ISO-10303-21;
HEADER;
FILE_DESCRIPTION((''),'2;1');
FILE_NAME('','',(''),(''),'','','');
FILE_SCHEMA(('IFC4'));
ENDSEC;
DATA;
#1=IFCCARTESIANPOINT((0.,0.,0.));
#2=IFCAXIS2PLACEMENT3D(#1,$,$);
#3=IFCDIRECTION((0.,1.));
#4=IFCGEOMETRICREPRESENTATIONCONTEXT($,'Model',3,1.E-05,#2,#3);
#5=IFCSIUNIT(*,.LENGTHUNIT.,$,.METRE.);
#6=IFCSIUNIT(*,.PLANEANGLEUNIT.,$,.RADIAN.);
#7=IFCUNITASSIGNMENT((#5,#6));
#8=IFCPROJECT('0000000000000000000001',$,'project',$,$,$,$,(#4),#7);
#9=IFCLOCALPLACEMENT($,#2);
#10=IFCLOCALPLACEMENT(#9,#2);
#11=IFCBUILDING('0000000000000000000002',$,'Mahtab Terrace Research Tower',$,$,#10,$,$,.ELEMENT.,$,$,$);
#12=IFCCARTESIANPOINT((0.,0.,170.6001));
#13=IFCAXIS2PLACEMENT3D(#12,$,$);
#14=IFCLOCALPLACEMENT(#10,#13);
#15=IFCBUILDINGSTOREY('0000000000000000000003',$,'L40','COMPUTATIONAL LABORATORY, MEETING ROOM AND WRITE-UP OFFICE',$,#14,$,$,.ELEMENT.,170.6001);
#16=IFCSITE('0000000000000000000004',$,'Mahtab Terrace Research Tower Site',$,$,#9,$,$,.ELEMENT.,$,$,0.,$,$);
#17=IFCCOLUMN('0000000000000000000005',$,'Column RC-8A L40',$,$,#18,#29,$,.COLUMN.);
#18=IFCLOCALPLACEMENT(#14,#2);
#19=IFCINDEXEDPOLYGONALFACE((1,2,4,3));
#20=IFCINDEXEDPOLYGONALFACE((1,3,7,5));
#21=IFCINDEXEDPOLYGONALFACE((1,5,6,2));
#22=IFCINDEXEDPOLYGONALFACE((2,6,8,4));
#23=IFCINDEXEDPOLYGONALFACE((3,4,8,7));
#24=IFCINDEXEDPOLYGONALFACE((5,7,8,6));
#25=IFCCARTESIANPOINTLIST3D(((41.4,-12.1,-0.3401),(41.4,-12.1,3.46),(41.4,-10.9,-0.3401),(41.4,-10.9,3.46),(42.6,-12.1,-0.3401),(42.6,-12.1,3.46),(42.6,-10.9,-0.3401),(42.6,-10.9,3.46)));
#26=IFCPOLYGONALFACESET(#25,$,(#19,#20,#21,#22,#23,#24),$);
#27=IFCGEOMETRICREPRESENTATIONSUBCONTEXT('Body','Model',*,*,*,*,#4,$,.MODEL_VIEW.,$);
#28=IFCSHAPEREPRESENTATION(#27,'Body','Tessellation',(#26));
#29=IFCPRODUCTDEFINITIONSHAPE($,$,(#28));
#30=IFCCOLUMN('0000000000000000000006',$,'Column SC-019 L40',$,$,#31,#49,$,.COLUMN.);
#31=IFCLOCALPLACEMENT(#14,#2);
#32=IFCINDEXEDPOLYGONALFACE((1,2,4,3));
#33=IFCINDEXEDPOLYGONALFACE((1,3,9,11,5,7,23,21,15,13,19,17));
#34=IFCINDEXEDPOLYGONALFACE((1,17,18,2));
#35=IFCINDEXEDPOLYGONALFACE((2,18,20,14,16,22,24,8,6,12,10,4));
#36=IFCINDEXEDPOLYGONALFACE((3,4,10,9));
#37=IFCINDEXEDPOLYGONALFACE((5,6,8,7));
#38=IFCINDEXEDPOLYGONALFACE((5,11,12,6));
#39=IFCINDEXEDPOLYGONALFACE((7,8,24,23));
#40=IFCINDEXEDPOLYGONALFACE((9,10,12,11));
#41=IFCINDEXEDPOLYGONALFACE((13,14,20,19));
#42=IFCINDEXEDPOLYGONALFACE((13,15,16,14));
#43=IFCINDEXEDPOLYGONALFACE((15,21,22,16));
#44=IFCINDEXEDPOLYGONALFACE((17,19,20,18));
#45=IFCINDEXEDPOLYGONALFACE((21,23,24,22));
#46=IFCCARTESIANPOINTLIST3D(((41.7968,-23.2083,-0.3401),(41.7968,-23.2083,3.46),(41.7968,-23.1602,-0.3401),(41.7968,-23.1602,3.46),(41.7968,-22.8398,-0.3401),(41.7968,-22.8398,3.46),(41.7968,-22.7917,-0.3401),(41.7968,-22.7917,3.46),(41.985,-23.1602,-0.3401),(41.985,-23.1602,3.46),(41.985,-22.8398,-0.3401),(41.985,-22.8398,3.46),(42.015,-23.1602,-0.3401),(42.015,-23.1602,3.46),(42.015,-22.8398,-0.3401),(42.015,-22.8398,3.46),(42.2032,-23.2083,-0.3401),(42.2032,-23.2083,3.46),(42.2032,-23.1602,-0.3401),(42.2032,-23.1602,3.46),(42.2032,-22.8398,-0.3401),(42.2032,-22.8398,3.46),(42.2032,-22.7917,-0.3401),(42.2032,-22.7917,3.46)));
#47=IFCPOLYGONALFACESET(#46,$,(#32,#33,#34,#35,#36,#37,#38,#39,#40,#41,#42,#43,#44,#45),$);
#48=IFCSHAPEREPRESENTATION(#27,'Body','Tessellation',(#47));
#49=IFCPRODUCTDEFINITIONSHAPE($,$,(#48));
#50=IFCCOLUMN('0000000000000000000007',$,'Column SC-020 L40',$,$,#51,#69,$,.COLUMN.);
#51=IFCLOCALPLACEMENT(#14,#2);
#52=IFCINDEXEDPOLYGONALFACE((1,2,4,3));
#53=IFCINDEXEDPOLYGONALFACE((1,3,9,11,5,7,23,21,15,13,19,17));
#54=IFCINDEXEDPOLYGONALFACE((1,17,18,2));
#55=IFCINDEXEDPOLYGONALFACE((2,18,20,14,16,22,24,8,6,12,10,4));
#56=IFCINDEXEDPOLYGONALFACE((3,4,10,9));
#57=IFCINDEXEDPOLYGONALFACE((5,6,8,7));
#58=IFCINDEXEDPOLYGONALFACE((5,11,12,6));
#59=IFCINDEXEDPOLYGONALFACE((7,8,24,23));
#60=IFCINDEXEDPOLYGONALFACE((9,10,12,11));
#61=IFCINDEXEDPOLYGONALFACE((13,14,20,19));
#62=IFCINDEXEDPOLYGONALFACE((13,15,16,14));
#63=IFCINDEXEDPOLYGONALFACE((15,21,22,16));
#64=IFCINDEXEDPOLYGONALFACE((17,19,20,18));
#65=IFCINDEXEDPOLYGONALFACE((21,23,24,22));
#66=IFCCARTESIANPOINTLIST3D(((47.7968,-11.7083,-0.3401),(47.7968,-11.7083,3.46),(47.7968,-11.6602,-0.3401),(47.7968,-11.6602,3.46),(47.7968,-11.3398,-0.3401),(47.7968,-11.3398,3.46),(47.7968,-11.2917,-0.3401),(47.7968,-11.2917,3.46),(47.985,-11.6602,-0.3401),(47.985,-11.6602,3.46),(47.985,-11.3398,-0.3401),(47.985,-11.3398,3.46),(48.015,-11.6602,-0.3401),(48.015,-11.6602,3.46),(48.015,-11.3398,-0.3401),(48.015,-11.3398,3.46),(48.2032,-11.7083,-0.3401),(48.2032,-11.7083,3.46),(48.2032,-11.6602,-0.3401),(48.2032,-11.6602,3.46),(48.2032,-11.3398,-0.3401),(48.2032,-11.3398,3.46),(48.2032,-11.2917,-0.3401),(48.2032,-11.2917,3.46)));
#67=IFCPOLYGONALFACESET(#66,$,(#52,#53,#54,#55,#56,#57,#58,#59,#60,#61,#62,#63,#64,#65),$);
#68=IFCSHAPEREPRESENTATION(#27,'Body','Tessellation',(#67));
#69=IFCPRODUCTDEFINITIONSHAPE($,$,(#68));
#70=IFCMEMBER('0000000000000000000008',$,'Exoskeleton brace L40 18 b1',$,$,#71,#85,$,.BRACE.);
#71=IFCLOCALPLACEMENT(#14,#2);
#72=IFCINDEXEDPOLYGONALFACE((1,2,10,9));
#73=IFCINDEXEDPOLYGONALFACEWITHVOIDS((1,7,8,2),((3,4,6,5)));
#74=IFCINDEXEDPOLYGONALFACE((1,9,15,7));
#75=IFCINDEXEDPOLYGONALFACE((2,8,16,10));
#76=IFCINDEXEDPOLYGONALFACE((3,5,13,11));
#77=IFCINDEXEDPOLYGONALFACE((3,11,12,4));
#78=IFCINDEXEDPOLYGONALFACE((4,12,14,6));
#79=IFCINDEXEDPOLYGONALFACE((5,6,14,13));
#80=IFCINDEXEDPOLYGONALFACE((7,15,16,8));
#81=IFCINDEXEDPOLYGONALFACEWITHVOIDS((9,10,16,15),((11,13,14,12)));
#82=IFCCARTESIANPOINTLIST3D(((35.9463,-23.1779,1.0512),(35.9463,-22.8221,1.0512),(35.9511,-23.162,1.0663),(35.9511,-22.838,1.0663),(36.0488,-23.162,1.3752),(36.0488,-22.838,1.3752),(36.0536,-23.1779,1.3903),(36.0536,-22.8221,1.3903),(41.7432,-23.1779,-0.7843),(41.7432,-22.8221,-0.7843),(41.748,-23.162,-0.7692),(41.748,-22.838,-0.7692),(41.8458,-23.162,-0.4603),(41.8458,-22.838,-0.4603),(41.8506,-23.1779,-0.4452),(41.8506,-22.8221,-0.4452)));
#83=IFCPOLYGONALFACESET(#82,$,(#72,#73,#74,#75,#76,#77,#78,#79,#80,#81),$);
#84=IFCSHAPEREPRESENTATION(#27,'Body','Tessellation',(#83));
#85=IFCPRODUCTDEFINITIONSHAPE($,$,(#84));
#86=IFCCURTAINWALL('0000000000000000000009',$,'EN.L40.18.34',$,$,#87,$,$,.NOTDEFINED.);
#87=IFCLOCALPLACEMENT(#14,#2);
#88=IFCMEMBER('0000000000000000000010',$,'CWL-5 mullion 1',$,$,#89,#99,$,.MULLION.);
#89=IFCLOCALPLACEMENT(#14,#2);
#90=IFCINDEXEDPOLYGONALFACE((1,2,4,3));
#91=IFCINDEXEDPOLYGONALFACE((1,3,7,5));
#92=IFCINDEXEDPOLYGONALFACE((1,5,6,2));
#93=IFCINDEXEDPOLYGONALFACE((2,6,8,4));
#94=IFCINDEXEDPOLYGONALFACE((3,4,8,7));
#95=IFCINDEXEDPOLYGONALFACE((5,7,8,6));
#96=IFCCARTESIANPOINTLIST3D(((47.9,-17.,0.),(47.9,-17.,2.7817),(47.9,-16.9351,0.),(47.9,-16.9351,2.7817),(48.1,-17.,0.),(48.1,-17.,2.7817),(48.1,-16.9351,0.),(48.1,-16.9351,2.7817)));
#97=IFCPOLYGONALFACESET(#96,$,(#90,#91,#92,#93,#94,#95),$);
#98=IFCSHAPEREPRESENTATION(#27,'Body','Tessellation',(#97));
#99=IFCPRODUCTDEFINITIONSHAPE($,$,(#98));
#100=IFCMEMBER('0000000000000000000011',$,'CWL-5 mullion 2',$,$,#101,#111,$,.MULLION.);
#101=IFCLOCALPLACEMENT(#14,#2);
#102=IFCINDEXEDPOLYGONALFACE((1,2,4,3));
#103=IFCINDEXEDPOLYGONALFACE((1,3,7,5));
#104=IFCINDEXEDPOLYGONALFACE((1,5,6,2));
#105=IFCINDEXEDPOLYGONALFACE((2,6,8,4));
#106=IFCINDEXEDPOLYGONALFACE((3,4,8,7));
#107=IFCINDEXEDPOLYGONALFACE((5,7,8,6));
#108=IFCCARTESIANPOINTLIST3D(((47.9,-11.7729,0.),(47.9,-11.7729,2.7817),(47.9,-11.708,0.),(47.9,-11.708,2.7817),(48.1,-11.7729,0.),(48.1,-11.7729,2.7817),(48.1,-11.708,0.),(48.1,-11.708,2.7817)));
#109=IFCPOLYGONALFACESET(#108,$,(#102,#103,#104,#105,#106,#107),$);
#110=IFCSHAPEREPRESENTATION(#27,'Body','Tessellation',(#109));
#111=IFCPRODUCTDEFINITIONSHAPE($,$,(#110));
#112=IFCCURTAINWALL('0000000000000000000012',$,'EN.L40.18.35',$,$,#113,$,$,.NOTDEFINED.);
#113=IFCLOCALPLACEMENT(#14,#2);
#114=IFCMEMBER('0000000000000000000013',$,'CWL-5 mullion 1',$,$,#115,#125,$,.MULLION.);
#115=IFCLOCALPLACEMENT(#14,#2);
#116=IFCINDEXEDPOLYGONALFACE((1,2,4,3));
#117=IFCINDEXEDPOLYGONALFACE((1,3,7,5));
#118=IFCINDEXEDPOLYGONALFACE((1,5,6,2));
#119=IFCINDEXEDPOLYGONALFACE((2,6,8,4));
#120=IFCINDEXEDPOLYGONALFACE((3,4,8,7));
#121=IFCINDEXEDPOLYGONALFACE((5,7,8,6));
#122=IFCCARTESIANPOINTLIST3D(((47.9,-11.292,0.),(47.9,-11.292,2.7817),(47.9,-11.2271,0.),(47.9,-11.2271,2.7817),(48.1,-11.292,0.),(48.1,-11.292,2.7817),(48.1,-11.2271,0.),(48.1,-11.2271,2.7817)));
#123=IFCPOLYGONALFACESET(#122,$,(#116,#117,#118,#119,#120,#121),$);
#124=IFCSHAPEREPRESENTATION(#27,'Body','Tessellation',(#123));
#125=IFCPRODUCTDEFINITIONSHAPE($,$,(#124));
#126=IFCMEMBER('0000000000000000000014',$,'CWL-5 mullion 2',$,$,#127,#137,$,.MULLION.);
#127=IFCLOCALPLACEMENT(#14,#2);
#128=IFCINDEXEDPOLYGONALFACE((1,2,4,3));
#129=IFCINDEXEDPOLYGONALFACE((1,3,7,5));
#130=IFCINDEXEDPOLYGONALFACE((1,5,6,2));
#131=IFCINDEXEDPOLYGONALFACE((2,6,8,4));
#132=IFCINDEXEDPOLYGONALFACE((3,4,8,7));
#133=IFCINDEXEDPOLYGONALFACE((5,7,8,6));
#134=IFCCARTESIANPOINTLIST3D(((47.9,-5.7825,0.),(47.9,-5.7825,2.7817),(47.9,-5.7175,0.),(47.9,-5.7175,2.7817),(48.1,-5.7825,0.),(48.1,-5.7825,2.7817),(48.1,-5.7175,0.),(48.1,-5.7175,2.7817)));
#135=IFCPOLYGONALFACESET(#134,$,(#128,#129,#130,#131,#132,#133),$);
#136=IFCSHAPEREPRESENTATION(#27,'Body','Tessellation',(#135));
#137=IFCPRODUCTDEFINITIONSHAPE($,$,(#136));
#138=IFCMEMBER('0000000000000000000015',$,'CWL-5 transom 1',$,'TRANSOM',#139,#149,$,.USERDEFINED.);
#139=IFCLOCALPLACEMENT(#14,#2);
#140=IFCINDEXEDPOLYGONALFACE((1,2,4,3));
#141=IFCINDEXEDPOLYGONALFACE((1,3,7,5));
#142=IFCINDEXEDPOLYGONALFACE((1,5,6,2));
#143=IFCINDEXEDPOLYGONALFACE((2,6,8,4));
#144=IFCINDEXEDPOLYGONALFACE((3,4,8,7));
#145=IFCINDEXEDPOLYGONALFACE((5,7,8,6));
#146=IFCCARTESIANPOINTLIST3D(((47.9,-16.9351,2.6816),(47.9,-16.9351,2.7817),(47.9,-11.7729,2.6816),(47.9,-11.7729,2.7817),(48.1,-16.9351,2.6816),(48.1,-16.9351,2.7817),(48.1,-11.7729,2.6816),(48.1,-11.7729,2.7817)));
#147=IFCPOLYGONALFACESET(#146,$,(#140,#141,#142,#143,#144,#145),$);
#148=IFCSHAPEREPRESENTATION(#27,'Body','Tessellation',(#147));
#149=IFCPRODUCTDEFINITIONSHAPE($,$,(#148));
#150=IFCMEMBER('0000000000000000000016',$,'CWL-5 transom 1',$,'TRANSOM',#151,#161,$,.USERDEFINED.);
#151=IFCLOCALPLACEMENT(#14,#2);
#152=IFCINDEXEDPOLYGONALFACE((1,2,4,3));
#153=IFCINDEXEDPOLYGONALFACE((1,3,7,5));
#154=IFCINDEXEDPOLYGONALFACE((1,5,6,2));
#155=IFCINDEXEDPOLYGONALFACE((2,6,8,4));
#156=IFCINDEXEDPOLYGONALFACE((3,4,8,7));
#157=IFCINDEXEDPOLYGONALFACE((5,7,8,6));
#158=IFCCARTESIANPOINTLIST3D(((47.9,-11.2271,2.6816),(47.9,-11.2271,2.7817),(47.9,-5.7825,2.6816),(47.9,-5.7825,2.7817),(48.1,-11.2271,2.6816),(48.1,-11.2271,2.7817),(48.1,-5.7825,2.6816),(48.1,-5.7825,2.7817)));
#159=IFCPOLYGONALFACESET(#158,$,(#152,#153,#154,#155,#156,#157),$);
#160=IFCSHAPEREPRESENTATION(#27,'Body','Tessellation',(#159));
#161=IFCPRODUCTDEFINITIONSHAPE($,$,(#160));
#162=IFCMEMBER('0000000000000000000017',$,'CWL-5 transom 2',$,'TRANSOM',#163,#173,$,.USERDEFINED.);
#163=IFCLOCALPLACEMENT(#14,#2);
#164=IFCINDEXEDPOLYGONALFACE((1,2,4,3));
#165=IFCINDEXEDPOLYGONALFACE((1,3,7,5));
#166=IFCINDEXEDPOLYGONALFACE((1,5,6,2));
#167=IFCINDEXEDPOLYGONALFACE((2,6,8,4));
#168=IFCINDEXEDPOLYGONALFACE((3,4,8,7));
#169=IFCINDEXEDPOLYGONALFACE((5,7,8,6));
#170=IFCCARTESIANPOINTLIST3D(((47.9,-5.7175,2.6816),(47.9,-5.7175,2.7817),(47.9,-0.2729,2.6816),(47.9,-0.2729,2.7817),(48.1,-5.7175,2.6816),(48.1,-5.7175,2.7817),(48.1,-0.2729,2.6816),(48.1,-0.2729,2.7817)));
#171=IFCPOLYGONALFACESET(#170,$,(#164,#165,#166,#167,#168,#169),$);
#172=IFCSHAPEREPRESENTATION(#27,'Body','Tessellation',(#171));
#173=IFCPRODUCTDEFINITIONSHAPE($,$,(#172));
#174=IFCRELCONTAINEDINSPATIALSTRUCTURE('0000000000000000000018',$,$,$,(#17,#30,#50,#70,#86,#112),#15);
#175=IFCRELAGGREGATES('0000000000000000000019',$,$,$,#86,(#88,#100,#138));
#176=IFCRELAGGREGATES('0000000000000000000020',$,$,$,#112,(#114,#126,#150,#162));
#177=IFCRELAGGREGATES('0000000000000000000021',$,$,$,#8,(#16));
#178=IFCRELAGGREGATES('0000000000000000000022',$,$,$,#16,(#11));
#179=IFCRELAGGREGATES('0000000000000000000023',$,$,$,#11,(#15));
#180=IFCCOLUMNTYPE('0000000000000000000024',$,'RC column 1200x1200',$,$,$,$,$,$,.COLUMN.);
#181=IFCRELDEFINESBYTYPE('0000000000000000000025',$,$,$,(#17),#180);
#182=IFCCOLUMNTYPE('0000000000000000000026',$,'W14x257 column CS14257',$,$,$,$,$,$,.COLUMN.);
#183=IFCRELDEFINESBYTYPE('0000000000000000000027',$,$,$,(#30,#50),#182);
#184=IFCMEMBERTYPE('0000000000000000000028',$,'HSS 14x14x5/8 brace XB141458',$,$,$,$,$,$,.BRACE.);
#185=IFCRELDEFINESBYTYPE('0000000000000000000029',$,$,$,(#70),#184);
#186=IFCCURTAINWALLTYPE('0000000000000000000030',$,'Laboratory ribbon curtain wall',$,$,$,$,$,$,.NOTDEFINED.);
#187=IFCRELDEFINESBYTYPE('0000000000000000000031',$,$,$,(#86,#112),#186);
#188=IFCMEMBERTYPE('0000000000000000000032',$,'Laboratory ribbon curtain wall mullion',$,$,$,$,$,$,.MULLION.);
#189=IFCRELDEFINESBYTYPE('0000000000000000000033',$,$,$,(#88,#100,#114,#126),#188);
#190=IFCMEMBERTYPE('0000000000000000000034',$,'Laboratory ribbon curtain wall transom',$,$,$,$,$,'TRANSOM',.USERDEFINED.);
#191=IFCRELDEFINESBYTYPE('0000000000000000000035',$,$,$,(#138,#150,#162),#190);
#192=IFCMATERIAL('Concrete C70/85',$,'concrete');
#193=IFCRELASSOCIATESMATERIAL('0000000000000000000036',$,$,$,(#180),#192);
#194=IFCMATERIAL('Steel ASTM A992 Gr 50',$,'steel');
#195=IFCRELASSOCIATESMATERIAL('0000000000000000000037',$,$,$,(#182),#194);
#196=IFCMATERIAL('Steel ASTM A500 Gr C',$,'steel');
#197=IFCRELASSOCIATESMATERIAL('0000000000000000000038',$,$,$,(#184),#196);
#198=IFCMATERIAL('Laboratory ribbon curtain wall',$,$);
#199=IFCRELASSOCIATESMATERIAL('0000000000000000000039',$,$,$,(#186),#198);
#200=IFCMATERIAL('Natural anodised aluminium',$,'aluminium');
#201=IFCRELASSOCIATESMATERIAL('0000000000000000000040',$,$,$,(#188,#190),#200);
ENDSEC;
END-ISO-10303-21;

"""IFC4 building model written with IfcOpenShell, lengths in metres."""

from ifc_helpers import new_model, si_unit, direction, frame, origin, origin_2d, place, context, subcontext, project, spatial, rectangle, hollow_rectangle, i_section, extrude, material, material_profile, profile_set, type_object, element, aggregate, save


model = new_model("IFC4")

# Units and contexts
model_context = context("Model", 3, precision=1e-05, world=origin(), true_north=direction((0.0, 1.0)))
body_context = subcontext(model_context, "Body", "Model", "MODEL_VIEW")
ifc_project = project(units=[si_unit("LENGTHUNIT", "METRE"), si_unit("PLANEANGLEUNIT", "RADIAN")], contexts=[model_context])

# Site, building, storey
site_placement = place(None, origin())
site = spatial("IfcSite", under=ifc_project, at=site_placement, Name="Mahtab Terrace Research Tower Site", CompositionType="ELEMENT", RefElevation=0.0)
building_placement = place(site_placement, origin())
building = spatial("IfcBuilding", under=site, at=building_placement, Name="Mahtab Terrace Research Tower", CompositionType="ELEMENT")
storey_placement = place(building_placement, frame((0.0, 0.0, 170.6001)))
storey = spatial("IfcBuildingStorey", under=building, at=storey_placement, Name="L40", Description="COMPUTATIONAL LABORATORY, MEETING ROOM AND WRITE-UP OFFICE", CompositionType="ELEMENT", Elevation=170.6001)

# Columns
ifc_material_1 = material(Name="Concrete C70/85", Category="concrete")
ifc_material_profile_1 = material_profile(ifc_material_1, rectangle(XDim=1.2, YDim=1.2, at=origin_2d()), Name="RC column 1200x1200")
ifc_profile_set_1 = profile_set([ifc_material_profile_1], Name="Concrete C70/85")
column_type_1 = type_object("IfcColumnType", Name="RC column 1200x1200", PredefinedType="COLUMN", material=ifc_profile_set_1)
column_placement = place(storey_placement, frame((42.0, -11.5, -0.3401), z_axis=(0.0, 0.0, 1.0), x_axis=(1.0, 0.0, 0.0)))
element("IfcColumn", 1, at=column_placement, inside=storey, type_object=column_type_1, Name="Column RC-8A L40", PredefinedType="COLUMN", context=body_context, shape_type="SweptSolid", body=[
    extrude(rectangle(XDim=1.2, YDim=1.2, at=origin_2d()), origin(), (0.0, 0.0, 1.0), 3.8),
])
ifc_material_2 = material(Name="Steel ASTM A992 Gr 50", Category="steel")
ifc_material_profile_2 = material_profile(ifc_material_2, i_section(OverallWidth=0.4065, OverallDepth=0.4165, WebThickness=0.03, FlangeThickness=0.0481, at=origin_2d()), Name="W14X257")
ifc_profile_set_2 = profile_set([ifc_material_profile_2], Name="Steel ASTM A992 Gr 50")
column_type_2 = type_object("IfcColumnType", Name="W14x257 column CS14257", PredefinedType="COLUMN", material=ifc_profile_set_2)
for number, where, z_axis, x_axis, name in (
    (2, (42.0, -23.0, -0.3401), (0.0, 0.0, 1.0), (1.0, 0.0, 0.0), "Column SC-019 L40"),
    (3, (48.0, -11.5, -0.3401), (0.0, 0.0, 1.0), (1.0, 0.0, 0.0), "Column SC-020 L40"),
):
    element("IfcColumn", number, at=place(storey_placement, frame(where, z_axis=z_axis, x_axis=x_axis)), inside=storey, type_object=column_type_2, Name=name, PredefinedType="COLUMN", context=body_context, shape_type="SweptSolid", body=[
        extrude(i_section(OverallWidth=0.4065, OverallDepth=0.4165, WebThickness=0.03, FlangeThickness=0.0481, at=origin_2d()), origin(), (0.0, 0.0, 1.0), 3.8),
    ])

# Member
ifc_material_3 = material(Name="Steel ASTM A500 Gr C", Category="steel")
ifc_material_profile_3 = material_profile(ifc_material_3, hollow_rectangle(XDim=0.3557, YDim=0.3557, WallThickness=0.0159, at=origin_2d()), Name="HSS14X14X5/8")
ifc_profile_set_3 = profile_set([ifc_material_profile_3], Name="Steel ASTM A500 Gr C")
member_type_1 = type_object("IfcMemberType", Name="HSS 14x14x5/8 brace XB141458", PredefinedType="BRACE", material=ifc_profile_set_3)
member_1_placement = place(storey_placement, frame((41.7969, -23.0, -0.6147), z_axis=(-0.953353, 0.0, 0.301858), x_axis=(0.0, -1.0, 0.0)))
element("IfcMember", 4, at=member_1_placement, inside=storey, type_object=member_type_1, Name="Exoskeleton brace L40 18 b1", PredefinedType="BRACE", context=body_context, shape_type="SweptSolid", body=[
    extrude(hollow_rectangle(XDim=0.3557, YDim=0.3557, WallThickness=0.0159, at=origin_2d()), origin(), (0.0, 0.0, 1.0), 6.0806),
])

# Curtain walls, members
ifc_material_4 = material(Name="Laboratory ribbon curtain wall")
curtain_wall_type = type_object("IfcCurtainWallType", Name="Laboratory ribbon curtain wall", PredefinedType="NOTDEFINED", material=ifc_material_4)
curtain_wall_1_placement = place(storey_placement, origin())
curtain_wall_1 = element("IfcCurtainWall", 5, at=curtain_wall_1_placement, inside=storey, type_object=curtain_wall_type, Name="EN.L40.18.34", PredefinedType="NOTDEFINED")
ifc_material_5 = material(Name="Natural anodised aluminium", Category="aluminium")
ifc_material_profile_4 = material_profile(ifc_material_5, rectangle(XDim=0.2, YDim=0.0649, at=origin_2d()), Name="MULLION 65x200")
ifc_profile_set_4 = profile_set([ifc_material_profile_4], Name="Natural anodised aluminium")
member_type_2 = type_object("IfcMemberType", Name="Laboratory ribbon curtain wall mullion", PredefinedType="MULLION", material=ifc_profile_set_4)
member_2_placement = place(storey_placement, frame((48.0, -16.9675, 0.0), z_axis=(0.0, 0.0, 1.0), x_axis=(-1.0, 0.0, 0.0)))
member_2 = element("IfcMember", 6, at=member_2_placement, type_object=member_type_2, Name="CWL-5 mullion 1", PredefinedType="MULLION", context=body_context, shape_type="SweptSolid", body=[
    extrude(rectangle(XDim=0.2, YDim=0.0649, at=origin_2d()), origin(), (0.0, 0.0, 1.0), 2.7817),
])
member_3_placement = place(storey_placement, frame((48.0, -11.7405, 0.0), z_axis=(0.0, 0.0, 1.0), x_axis=(-1.0, 0.0, 0.0)))
member_3 = element("IfcMember", 7, at=member_3_placement, type_object=member_type_2, Name="CWL-5 mullion 2", PredefinedType="MULLION", context=body_context, shape_type="SweptSolid", body=[
    extrude(rectangle(XDim=0.2, YDim=0.0649, at=origin_2d()), origin(), (0.0, 0.0, 1.0), 2.7817),
])
curtain_wall_2_placement = place(storey_placement, origin())
curtain_wall_2 = element("IfcCurtainWall", 8, at=curtain_wall_2_placement, inside=storey, type_object=curtain_wall_type, Name="EN.L40.18.35", PredefinedType="NOTDEFINED")
member_4_placement = place(storey_placement, frame((48.0, -11.2595, 0.0), z_axis=(0.0, 0.0, 1.0), x_axis=(-1.0, 0.0, 0.0)))
member_4 = element("IfcMember", 9, at=member_4_placement, type_object=member_type_2, Name="CWL-5 mullion 1", PredefinedType="MULLION", context=body_context, shape_type="SweptSolid", body=[
    extrude(rectangle(XDim=0.2, YDim=0.0649, at=origin_2d()), origin(), (0.0, 0.0, 1.0), 2.7817),
])
member_5_placement = place(storey_placement, frame((48.0, -5.75, 0.0), z_axis=(0.0, 0.0, 1.0), x_axis=(-1.0, 0.0, 0.0)))
member_5 = element("IfcMember", 10, at=member_5_placement, type_object=member_type_2, Name="CWL-5 mullion 2", PredefinedType="MULLION", context=body_context, shape_type="SweptSolid", body=[
    extrude(rectangle(XDim=0.2, YDim=0.0649, at=origin_2d()), origin(), (0.0, 0.0, 1.0), 2.7817),
])

# Members
ifc_material_profile_5 = material_profile(ifc_material_5, rectangle(XDim=0.2, YDim=0.1001, at=origin_2d()), Name="TRANSOM 100x200")
ifc_profile_set_5 = profile_set([ifc_material_profile_5], Name="Natural anodised aluminium")
member_type_3 = type_object("IfcMemberType", Name="Laboratory ribbon curtain wall transom", ElementType="TRANSOM", PredefinedType="USERDEFINED", material=ifc_profile_set_5)
member_6_placement = place(storey_placement, frame((48.0, -16.9351, 2.7317), z_axis=(0.0, 1.0, 0.0), x_axis=(-1.0, 0.0, 0.0)))
member_6 = element("IfcMember", 11, at=member_6_placement, type_object=member_type_3, Name="CWL-5 transom 1", ObjectType="TRANSOM", PredefinedType="USERDEFINED", context=body_context, shape_type="SweptSolid", body=[
    extrude(rectangle(XDim=0.2, YDim=0.1001, at=origin_2d()), origin(), (0.0, 0.0, 1.0), 5.1621),
])
member_7_placement = place(storey_placement, frame((48.0, -11.2271, 2.7317), z_axis=(0.0, 1.0, 0.0), x_axis=(-1.0, 0.0, 0.0)))
member_7 = element("IfcMember", 12, at=member_7_placement, type_object=member_type_3, Name="CWL-5 transom 1", ObjectType="TRANSOM", PredefinedType="USERDEFINED", context=body_context, shape_type="SweptSolid", body=[
    extrude(rectangle(XDim=0.2, YDim=0.1001, at=origin_2d()), origin(), (0.0, 0.0, 1.0), 5.4446),
])
member_8_placement = place(storey_placement, frame((48.0, -5.7175, 2.7317), z_axis=(0.0, 1.0, 0.0), x_axis=(-1.0, 0.0, 0.0)))
member_8 = element("IfcMember", 13, at=member_8_placement, type_object=member_type_3, Name="CWL-5 transom 2", ObjectType="TRANSOM", PredefinedType="USERDEFINED", context=body_context, shape_type="SweptSolid", body=[
    extrude(rectangle(XDim=0.2, YDim=0.1001, at=origin_2d()), origin(), (0.0, 0.0, 1.0), 5.4446),
])

aggregate(curtain_wall_1, [member_2, member_3, member_6])
aggregate(curtain_wall_2, [member_4, member_5, member_7, member_8])

save(model, "model.ifc")
